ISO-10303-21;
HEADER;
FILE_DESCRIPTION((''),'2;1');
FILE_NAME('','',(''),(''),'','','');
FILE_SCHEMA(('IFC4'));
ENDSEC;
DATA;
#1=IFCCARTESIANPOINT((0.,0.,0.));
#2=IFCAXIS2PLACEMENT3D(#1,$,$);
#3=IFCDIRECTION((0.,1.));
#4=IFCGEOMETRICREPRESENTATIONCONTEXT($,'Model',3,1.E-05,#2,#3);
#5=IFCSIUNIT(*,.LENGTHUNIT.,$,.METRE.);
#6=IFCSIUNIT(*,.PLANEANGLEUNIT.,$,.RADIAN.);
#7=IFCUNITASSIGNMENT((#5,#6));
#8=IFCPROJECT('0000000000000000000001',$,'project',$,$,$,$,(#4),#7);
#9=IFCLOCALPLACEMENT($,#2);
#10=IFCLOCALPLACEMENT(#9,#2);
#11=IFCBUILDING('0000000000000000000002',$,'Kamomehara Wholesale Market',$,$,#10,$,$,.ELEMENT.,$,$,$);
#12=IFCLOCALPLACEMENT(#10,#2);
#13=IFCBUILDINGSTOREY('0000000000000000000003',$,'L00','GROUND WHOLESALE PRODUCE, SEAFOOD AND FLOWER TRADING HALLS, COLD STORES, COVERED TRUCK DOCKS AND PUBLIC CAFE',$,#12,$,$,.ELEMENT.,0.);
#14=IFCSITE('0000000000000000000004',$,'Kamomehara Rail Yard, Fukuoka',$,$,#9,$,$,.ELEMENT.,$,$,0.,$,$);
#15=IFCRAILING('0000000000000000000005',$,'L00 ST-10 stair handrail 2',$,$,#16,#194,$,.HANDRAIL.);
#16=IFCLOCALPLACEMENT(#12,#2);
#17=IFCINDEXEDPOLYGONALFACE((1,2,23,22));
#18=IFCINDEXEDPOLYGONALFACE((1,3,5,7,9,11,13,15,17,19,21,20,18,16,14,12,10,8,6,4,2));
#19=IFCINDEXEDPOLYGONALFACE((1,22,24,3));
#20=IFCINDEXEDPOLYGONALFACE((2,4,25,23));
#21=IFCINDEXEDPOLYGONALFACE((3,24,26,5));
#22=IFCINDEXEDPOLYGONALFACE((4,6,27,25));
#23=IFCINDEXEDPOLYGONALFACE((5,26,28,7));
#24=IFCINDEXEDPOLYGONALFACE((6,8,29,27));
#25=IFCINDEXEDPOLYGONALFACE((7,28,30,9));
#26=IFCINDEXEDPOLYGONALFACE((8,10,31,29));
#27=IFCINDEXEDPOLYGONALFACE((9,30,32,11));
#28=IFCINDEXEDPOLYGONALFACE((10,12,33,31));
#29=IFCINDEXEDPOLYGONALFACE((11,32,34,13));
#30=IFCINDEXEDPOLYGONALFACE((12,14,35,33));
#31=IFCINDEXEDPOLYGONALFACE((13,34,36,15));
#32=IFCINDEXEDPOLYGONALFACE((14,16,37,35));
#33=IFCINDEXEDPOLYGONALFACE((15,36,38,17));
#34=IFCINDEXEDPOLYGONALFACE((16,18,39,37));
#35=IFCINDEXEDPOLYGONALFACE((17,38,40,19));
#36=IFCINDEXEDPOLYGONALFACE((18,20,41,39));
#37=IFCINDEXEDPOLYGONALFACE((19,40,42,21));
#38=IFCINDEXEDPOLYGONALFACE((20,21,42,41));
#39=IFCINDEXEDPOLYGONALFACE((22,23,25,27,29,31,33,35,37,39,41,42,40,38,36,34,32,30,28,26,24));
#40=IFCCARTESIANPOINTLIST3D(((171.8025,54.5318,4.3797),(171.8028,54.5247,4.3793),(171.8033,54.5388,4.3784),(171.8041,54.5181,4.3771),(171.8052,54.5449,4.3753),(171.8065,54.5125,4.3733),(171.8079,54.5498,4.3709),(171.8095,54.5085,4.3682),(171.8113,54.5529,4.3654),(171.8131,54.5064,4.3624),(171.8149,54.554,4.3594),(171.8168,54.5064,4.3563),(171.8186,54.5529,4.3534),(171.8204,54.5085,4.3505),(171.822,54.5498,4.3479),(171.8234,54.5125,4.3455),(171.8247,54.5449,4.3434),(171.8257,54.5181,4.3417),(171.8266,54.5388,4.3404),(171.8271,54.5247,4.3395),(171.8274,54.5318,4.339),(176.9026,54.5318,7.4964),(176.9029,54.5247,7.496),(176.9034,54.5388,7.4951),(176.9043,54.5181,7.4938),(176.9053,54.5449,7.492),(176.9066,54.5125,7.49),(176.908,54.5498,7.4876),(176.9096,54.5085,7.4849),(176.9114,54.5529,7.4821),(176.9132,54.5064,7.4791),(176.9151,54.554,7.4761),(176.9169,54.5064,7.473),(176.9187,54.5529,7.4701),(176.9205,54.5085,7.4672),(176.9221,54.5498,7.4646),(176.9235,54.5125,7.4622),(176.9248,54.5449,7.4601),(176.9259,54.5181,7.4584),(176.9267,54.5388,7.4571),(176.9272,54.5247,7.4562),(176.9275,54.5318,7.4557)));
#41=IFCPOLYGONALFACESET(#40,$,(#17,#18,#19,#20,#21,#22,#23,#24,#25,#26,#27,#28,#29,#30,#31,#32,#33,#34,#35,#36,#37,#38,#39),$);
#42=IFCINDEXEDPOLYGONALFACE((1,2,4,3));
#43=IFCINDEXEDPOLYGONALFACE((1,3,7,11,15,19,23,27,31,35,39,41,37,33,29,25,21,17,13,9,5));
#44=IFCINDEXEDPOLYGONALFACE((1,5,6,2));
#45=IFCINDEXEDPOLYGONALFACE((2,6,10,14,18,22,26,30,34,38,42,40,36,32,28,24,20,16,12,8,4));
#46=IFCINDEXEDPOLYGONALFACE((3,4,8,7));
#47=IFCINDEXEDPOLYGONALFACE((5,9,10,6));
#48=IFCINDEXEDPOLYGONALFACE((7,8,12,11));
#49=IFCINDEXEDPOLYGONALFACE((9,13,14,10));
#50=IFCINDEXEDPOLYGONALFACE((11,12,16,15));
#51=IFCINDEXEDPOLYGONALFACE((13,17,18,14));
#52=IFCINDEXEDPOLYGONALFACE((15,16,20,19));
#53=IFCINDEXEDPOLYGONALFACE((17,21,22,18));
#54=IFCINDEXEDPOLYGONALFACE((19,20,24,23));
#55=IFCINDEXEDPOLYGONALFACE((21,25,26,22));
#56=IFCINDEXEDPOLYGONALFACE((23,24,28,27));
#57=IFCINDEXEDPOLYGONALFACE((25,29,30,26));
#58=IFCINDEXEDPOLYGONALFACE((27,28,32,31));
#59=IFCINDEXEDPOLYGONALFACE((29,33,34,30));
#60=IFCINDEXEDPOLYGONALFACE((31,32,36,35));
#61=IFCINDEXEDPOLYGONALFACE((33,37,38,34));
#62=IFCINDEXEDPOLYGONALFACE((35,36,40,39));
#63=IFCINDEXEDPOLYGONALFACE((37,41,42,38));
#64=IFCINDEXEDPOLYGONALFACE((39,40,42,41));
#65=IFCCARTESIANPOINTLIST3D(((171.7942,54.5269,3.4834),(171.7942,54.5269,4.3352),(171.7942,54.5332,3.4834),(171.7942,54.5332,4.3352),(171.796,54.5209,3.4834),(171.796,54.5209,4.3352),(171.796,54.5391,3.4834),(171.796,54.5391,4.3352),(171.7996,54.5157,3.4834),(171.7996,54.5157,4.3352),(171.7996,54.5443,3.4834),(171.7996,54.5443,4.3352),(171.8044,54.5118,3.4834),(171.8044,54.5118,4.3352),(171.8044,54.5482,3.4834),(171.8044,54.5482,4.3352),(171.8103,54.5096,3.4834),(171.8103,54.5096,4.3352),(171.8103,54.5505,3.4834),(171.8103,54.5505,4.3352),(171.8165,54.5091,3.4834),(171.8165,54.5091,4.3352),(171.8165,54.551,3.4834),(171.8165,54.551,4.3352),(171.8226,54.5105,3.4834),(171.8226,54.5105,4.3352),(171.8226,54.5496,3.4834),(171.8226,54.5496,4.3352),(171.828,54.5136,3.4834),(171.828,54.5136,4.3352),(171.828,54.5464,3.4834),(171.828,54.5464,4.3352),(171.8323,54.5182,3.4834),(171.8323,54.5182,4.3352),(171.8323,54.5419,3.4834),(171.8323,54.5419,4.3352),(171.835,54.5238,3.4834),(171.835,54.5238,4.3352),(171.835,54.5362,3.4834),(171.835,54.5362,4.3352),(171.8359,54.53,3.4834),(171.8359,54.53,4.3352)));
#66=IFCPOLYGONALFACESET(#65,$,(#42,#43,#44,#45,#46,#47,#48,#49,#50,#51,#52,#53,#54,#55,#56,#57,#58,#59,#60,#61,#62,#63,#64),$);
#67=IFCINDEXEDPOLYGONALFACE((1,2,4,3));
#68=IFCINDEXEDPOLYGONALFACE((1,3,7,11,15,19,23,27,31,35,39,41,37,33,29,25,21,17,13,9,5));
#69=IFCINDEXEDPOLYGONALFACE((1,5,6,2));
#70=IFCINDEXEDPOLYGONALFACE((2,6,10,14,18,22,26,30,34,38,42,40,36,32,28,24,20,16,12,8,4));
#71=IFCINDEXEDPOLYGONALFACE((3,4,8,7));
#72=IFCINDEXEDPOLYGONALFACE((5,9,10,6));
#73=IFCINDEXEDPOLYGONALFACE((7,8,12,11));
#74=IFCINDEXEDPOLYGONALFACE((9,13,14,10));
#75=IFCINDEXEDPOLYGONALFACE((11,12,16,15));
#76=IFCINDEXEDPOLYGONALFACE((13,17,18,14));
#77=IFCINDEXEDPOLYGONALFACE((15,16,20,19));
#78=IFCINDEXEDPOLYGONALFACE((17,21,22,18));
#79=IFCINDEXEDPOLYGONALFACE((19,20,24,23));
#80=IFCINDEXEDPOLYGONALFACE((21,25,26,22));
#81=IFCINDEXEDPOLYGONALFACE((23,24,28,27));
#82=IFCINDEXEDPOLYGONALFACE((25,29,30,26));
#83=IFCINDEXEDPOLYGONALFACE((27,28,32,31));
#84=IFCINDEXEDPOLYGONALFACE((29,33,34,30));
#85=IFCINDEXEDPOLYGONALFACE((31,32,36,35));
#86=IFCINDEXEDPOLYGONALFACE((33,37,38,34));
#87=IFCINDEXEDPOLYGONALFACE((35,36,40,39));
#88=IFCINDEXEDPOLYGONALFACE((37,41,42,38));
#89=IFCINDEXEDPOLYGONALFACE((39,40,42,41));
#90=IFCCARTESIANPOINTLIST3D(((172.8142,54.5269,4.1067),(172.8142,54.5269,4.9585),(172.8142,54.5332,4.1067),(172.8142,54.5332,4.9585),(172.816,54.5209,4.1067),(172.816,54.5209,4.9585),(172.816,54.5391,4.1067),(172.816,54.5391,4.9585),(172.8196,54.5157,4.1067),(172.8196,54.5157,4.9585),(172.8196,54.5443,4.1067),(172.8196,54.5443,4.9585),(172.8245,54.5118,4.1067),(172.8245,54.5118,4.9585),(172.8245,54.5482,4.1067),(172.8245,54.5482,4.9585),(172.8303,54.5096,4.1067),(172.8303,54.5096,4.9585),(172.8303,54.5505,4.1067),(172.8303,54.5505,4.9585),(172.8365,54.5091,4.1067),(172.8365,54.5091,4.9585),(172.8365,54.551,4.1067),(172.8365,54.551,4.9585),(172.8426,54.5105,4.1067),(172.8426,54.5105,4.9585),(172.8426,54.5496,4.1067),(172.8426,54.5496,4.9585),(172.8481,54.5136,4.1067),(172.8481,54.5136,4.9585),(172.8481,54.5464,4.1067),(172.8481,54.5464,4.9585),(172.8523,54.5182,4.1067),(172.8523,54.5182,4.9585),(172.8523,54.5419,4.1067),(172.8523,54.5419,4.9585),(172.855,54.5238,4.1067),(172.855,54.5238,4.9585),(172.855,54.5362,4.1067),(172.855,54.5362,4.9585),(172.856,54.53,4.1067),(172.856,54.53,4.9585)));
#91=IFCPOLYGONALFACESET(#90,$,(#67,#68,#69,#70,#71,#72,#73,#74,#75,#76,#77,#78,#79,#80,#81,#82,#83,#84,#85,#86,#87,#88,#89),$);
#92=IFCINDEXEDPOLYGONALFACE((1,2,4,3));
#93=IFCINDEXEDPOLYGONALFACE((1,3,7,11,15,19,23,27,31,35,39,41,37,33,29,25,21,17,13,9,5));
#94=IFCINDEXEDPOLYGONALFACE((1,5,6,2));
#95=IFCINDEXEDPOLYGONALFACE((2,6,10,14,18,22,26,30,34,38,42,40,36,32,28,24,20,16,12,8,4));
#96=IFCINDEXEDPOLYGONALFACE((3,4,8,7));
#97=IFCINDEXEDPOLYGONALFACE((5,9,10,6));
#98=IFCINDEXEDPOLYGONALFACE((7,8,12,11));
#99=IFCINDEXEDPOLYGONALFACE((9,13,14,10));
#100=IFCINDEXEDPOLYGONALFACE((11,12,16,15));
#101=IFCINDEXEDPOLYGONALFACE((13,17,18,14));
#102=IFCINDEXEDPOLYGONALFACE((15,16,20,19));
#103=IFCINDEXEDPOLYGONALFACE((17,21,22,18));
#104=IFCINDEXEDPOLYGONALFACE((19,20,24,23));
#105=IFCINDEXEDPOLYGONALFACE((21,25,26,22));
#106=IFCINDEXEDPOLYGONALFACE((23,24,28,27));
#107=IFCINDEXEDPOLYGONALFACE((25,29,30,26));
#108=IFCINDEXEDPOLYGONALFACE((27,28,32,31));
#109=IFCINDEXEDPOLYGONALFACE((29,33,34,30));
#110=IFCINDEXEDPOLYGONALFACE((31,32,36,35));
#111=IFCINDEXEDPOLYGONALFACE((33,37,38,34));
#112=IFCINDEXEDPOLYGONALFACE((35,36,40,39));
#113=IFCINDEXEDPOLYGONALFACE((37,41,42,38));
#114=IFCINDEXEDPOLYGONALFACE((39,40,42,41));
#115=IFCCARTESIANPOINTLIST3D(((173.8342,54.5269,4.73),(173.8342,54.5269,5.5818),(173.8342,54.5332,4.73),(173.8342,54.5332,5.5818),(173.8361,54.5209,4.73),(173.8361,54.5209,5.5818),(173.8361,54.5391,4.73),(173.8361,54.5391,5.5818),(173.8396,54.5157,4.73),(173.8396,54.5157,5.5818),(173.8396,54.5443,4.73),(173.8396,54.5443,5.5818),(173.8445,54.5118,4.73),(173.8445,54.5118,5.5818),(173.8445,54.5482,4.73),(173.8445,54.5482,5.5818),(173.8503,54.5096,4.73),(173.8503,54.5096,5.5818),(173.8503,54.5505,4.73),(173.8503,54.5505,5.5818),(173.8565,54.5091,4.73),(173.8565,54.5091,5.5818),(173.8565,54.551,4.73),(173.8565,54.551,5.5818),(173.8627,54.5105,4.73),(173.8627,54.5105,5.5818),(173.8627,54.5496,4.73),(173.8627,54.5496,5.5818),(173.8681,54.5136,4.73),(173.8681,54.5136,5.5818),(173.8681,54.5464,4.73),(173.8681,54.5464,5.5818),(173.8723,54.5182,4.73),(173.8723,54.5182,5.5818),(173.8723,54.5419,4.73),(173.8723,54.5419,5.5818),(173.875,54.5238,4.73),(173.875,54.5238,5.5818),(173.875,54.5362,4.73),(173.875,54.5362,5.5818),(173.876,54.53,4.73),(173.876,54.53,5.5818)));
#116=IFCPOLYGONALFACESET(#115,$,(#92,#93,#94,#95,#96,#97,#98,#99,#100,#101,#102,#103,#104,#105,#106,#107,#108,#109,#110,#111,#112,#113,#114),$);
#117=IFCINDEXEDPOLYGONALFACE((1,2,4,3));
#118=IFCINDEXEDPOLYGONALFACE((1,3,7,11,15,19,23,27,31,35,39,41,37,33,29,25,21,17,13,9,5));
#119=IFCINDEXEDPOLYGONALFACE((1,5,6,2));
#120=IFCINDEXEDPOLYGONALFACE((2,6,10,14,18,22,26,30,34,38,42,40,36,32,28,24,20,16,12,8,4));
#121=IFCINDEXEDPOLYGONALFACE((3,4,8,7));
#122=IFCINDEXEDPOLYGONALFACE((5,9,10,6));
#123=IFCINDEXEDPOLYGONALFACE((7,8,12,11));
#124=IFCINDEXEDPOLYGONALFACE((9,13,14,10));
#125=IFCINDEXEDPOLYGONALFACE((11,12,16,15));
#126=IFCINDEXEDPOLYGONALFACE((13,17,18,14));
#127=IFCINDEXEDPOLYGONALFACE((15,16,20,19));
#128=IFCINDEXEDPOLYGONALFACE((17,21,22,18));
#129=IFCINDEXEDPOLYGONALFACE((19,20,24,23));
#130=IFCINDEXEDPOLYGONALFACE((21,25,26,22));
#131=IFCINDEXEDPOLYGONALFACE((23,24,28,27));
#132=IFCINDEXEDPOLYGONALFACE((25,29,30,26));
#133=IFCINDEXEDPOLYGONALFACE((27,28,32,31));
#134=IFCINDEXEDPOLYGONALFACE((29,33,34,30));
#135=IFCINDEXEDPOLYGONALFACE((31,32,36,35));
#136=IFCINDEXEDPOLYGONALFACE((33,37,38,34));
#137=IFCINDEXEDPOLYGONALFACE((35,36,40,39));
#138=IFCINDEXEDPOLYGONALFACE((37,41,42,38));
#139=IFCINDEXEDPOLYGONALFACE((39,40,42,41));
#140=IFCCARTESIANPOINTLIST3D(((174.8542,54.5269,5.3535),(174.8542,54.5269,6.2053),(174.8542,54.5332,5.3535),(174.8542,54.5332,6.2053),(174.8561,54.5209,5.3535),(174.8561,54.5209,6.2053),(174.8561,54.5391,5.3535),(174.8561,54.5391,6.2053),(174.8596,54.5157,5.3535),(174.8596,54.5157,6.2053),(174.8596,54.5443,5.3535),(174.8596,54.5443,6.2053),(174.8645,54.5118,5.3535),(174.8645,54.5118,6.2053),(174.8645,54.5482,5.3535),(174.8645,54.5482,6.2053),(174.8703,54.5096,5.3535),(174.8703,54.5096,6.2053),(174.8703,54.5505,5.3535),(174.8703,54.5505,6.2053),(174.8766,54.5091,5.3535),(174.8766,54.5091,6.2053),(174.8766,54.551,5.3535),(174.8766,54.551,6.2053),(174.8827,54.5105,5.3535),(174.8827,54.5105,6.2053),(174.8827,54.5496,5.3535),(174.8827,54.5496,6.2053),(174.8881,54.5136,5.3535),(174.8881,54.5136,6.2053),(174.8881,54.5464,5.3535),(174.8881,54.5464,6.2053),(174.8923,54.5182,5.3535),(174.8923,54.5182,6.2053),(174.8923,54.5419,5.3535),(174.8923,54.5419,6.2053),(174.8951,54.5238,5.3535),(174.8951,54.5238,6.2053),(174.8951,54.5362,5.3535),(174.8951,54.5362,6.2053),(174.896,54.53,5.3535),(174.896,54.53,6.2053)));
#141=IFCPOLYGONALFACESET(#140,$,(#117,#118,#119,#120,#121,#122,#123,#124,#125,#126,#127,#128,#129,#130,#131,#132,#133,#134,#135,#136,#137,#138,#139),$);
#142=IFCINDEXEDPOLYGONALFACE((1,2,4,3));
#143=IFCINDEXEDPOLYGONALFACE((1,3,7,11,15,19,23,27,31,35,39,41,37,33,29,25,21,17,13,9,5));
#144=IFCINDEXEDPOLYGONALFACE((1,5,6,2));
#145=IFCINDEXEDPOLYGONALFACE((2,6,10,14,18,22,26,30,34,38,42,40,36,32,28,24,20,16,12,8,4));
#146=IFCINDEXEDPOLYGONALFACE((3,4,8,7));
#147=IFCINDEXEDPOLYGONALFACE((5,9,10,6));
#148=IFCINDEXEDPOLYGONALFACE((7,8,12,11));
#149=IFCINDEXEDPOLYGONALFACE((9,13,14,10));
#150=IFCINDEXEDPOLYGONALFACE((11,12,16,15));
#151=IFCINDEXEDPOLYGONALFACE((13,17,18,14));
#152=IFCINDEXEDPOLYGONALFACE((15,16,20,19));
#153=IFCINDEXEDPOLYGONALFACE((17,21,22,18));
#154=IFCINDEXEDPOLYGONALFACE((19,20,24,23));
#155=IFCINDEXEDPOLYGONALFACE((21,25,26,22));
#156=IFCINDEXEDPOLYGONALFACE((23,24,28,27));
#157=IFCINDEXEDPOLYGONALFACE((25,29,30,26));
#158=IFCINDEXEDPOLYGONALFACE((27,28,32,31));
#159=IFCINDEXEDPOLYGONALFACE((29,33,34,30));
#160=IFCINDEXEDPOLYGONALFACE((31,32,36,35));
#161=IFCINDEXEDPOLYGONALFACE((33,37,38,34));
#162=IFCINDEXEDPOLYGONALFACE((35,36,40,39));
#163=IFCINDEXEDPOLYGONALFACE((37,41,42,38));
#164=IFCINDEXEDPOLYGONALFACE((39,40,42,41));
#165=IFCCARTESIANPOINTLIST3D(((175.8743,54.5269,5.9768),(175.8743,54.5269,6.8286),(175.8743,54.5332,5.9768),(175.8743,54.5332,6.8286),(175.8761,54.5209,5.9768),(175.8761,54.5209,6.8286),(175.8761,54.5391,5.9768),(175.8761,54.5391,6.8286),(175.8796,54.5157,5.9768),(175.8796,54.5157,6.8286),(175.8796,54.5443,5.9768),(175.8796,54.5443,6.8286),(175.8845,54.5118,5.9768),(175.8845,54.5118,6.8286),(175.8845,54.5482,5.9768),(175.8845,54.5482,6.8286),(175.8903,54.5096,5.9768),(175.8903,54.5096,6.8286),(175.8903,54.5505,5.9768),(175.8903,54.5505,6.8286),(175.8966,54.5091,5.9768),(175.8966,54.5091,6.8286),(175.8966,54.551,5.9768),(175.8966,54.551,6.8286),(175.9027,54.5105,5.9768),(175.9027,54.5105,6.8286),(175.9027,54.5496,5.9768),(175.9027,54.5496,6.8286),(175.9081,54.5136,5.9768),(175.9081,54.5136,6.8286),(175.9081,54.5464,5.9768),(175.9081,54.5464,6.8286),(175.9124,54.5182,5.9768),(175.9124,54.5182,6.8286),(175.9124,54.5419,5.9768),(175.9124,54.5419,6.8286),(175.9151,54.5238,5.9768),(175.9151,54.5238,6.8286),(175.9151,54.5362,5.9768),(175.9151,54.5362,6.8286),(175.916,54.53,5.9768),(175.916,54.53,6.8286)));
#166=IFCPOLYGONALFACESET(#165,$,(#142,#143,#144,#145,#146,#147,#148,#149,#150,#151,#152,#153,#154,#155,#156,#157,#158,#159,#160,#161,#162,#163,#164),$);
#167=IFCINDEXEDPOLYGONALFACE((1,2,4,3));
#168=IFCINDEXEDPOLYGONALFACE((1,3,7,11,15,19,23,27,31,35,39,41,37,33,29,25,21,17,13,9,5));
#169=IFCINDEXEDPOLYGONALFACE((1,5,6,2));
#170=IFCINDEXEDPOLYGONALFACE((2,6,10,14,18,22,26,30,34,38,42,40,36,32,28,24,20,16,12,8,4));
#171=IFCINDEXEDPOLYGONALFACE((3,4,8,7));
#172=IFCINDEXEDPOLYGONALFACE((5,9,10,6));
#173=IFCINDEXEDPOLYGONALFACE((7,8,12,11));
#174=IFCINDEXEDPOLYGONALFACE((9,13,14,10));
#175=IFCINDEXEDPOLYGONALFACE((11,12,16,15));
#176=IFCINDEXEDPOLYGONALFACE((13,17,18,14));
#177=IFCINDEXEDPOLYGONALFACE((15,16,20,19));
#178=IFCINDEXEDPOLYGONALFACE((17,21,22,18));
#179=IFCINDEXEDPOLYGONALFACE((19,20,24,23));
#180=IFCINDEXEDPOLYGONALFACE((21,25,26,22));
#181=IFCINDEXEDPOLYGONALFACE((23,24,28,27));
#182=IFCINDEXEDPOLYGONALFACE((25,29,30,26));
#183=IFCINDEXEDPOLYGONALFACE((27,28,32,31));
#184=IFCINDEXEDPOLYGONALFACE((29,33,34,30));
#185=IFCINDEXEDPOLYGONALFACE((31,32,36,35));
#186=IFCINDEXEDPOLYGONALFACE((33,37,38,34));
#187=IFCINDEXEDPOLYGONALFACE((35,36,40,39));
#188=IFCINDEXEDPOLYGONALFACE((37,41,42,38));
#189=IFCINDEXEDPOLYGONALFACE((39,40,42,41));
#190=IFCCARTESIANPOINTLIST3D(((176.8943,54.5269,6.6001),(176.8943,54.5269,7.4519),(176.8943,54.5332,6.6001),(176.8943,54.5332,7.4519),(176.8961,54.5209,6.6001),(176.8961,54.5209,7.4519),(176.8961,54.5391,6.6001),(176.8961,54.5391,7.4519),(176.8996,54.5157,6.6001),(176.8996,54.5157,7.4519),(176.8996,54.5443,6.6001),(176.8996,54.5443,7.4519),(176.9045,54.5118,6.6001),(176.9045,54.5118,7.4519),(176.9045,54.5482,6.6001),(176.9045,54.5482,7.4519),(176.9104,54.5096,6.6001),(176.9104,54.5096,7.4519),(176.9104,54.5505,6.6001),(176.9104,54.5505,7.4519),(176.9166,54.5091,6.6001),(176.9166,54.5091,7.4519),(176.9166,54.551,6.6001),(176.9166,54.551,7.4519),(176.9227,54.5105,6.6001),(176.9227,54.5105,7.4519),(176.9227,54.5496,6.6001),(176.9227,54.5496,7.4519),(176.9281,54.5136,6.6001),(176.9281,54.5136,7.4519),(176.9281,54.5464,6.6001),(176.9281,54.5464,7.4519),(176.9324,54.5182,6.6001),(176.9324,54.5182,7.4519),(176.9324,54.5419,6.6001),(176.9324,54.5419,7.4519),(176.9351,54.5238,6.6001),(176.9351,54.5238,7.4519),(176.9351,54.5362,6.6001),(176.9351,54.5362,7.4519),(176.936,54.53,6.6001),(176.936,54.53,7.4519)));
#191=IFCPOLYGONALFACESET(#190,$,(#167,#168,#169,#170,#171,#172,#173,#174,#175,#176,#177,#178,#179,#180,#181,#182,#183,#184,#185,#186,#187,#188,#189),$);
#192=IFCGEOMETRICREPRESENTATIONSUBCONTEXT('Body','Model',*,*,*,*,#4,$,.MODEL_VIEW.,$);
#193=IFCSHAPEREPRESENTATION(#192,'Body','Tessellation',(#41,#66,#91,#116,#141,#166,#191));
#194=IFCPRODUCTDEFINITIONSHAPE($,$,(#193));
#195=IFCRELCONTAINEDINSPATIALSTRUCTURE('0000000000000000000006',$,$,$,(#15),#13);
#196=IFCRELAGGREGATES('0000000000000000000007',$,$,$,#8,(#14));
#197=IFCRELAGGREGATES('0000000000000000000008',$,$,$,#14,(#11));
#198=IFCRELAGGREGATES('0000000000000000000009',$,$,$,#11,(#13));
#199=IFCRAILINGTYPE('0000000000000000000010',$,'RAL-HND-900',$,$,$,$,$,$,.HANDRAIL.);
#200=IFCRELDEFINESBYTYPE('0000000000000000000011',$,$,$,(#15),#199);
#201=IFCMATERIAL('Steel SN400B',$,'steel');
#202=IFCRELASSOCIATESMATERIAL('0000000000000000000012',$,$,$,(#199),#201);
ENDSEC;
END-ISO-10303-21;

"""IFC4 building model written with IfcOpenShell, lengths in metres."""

from ifc_helpers import new_model, si_unit, direction, frame, origin, origin_2d, place, context, subcontext, project, spatial, circle, extrude, material, type_object, element, save


model = new_model("IFC4")

# Units and contexts
model_context = context("Model", 3, precision=1e-05, world=origin(), true_north=direction((0.0, 1.0)))
body_context = subcontext(model_context, "Body", "Model", "MODEL_VIEW")
ifc_project = project(units=[si_unit("LENGTHUNIT", "METRE"), si_unit("PLANEANGLEUNIT", "RADIAN")], contexts=[model_context])

# Site, building, storey
site_placement = place(None, origin())
site = spatial("IfcSite", under=ifc_project, at=site_placement, Name="Kamomehara Rail Yard, Fukuoka", CompositionType="ELEMENT", RefElevation=0.0)
building_placement = place(site_placement, origin())
building = spatial("IfcBuilding", under=site, at=building_placement, Name="Kamomehara Wholesale Market", CompositionType="ELEMENT")
storey_placement = place(building_placement, origin())
storey = spatial("IfcBuildingStorey", under=building, at=storey_placement, Name="L00", Description="GROUND WHOLESALE PRODUCE, SEAFOOD AND FLOWER TRADING HALLS, COLD STORES, COVERED TRUCK DOCKS AND PUBLIC CAFE", CompositionType="ELEMENT", Elevation=0.0)

# Railing
ifc_material_1 = material(Name="Steel SN400B", Category="steel")
railing_type_1 = type_object("IfcRailingType", Name="RAL-HND-900", PredefinedType="HANDRAIL", material=ifc_material_1)
railing_1_placement = place(storey_placement, frame((171.8149, 54.53, 3.4834)))
element("IfcRailing", 1, at=railing_1_placement, inside=storey, type_object=railing_type_1, Name="L00 ST-10 stair handrail 2", PredefinedType="HANDRAIL", context=body_context, shape_type="SweptSolid", body=[
    extrude(circle(Radius=0.0239, at=origin_2d()), frame((0.0, 0.0, 0.876), z_axis=(0.853284, 0.0, 0.521447), x_axis=(0.0, 1.0, 0.0)), (0.0, 0.0, 1.0), 5.9771),
    extrude(circle(Radius=0.021, at=origin_2d()), origin(), (0.0, 0.0, 1.0), 0.8518),
    extrude(circle(Radius=0.021, at=origin_2d()), frame((1.02, 0.0, 0.6233)), (0.0, 0.0, 1.0), 0.8518),
    extrude(circle(Radius=0.021, at=origin_2d()), frame((2.04, 0.0, 1.2466)), (0.0, 0.0, 1.0), 0.8518),
    extrude(circle(Radius=0.021, at=origin_2d()), frame((3.0601, 0.0, 1.8701)), (0.0, 0.0, 1.0), 0.8518),
    extrude(circle(Radius=0.021, at=origin_2d()), frame((4.0801, 0.0, 2.4934)), (0.0, 0.0, 1.0), 0.8518),
    extrude(circle(Radius=0.021, at=origin_2d()), frame((5.1001, 0.0, 3.1167)), (0.0, 0.0, 1.0), 0.8518),
])

save(model, "model.ifc")
